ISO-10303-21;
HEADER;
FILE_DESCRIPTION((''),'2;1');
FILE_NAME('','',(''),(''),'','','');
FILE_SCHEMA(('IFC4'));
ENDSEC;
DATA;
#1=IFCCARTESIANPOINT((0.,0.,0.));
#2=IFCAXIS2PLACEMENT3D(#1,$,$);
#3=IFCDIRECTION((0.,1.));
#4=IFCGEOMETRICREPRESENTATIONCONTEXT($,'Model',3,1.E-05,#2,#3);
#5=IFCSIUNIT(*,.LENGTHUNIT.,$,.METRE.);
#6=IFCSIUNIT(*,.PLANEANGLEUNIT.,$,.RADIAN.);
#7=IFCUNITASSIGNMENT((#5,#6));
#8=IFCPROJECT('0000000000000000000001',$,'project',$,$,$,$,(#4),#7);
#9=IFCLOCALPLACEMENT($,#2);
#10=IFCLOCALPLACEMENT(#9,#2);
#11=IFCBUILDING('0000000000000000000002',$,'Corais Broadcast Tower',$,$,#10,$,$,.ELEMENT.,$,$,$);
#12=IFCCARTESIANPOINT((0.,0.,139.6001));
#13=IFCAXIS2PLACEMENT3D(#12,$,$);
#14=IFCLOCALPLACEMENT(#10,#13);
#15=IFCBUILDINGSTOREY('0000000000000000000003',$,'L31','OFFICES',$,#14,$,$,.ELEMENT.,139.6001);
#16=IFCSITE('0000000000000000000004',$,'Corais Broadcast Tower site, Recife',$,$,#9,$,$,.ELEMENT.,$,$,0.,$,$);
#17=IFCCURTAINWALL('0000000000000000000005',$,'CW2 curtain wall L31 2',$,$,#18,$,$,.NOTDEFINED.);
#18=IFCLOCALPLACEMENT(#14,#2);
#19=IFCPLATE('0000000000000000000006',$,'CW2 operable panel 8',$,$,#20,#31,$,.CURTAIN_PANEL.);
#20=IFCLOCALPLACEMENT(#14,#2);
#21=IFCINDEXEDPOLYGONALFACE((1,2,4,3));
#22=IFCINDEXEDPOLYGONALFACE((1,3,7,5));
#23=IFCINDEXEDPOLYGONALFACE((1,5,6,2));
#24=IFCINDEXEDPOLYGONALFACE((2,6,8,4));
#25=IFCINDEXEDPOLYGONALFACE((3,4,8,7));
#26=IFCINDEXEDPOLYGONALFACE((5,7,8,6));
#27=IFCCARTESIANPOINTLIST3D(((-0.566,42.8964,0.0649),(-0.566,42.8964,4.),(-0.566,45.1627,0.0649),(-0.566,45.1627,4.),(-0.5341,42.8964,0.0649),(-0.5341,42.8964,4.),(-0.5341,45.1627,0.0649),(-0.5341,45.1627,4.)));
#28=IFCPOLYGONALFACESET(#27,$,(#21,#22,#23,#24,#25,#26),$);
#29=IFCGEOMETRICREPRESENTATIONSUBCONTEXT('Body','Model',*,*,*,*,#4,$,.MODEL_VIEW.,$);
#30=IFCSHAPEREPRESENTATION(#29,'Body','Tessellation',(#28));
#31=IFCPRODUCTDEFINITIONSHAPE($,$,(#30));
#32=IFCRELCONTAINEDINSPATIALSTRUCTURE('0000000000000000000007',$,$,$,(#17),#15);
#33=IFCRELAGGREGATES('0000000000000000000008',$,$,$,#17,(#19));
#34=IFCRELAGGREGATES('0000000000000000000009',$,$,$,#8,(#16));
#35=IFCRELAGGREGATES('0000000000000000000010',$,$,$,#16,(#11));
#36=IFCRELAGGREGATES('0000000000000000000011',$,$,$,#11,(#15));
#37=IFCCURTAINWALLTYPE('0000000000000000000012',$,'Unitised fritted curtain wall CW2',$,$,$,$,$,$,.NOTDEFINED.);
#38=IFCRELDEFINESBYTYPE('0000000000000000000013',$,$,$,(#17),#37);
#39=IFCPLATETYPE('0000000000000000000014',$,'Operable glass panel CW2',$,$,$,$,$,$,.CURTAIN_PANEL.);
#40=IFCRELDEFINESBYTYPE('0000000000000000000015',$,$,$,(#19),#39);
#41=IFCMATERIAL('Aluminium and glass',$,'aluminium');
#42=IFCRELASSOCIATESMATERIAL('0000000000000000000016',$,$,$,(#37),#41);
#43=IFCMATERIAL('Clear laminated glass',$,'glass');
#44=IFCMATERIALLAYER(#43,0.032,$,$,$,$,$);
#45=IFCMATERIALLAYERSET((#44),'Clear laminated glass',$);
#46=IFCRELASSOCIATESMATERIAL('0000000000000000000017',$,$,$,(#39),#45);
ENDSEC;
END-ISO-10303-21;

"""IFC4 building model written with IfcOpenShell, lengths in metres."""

from ifc_helpers import new_model, si_unit, direction, frame, origin, origin_2d, place, context, subcontext, project, spatial, rectangle, extrude, material, layer, layer_set, type_object, element, aggregate, save


model = new_model("IFC4")

# Units and contexts
model_context = context("Model", 3, precision=1e-05, world=origin(), true_north=direction((0.0, 1.0)))
body_context = subcontext(model_context, "Body", "Model", "MODEL_VIEW")
ifc_project = project(units=[si_unit("LENGTHUNIT", "METRE"), si_unit("PLANEANGLEUNIT", "RADIAN")], contexts=[model_context])

# Site, building, storey
site_placement = place(None, origin())
site = spatial("IfcSite", under=ifc_project, at=site_placement, Name="Corais Broadcast Tower site, Recife", CompositionType="ELEMENT", RefElevation=0.0)
building_placement = place(site_placement, origin())
building = spatial("IfcBuilding", under=site, at=building_placement, Name="Corais Broadcast Tower", CompositionType="ELEMENT")
storey_placement = place(building_placement, frame((0.0, 0.0, 139.6001)))
storey = spatial("IfcBuildingStorey", under=building, at=storey_placement, Name="L31", Description="OFFICES", CompositionType="ELEMENT", Elevation=139.6001)

# Curtain wall
ifc_material_1 = material(Name="Aluminium and glass", Category="aluminium")
curtain_wall_type = type_object("IfcCurtainWallType", Name="Unitised fritted curtain wall CW2", PredefinedType="NOTDEFINED", material=ifc_material_1)
curtain_wall_placement = place(storey_placement, origin())
curtain_wall = element("IfcCurtainWall", 1, at=curtain_wall_placement, inside=storey, type_object=curtain_wall_type, Name="CW2 curtain wall L31 2", PredefinedType="NOTDEFINED")

# Plate
ifc_material_2 = material(Name="Clear laminated glass", Category="glass")
ifc_layer_1 = layer(ifc_material_2, 0.032)
ifc_layer_set_1 = layer_set([ifc_layer_1], Name="Clear laminated glass")
plate_type_1 = type_object("IfcPlateType", Name="Operable glass panel CW2", PredefinedType="CURTAIN_PANEL", material=ifc_layer_set_1)
plate_1_placement = place(storey_placement, frame((-0.55, 44.0295, 0.0649), z_axis=(0.0, 0.0, 1.0), x_axis=(0.0, 1.0, 0.0)))
plate_1 = element("IfcPlate", 2, at=plate_1_placement, type_object=plate_type_1, Name="CW2 operable panel 8", PredefinedType="CURTAIN_PANEL", context=body_context, shape_type="SweptSolid", body=[
    extrude(rectangle(XDim=2.2664, YDim=0.032, at=origin_2d()), origin(), (0.0, 0.0, 1.0), 3.9351),
])
aggregate(curtain_wall, [plate_1])

save(model, "model.ifc")
